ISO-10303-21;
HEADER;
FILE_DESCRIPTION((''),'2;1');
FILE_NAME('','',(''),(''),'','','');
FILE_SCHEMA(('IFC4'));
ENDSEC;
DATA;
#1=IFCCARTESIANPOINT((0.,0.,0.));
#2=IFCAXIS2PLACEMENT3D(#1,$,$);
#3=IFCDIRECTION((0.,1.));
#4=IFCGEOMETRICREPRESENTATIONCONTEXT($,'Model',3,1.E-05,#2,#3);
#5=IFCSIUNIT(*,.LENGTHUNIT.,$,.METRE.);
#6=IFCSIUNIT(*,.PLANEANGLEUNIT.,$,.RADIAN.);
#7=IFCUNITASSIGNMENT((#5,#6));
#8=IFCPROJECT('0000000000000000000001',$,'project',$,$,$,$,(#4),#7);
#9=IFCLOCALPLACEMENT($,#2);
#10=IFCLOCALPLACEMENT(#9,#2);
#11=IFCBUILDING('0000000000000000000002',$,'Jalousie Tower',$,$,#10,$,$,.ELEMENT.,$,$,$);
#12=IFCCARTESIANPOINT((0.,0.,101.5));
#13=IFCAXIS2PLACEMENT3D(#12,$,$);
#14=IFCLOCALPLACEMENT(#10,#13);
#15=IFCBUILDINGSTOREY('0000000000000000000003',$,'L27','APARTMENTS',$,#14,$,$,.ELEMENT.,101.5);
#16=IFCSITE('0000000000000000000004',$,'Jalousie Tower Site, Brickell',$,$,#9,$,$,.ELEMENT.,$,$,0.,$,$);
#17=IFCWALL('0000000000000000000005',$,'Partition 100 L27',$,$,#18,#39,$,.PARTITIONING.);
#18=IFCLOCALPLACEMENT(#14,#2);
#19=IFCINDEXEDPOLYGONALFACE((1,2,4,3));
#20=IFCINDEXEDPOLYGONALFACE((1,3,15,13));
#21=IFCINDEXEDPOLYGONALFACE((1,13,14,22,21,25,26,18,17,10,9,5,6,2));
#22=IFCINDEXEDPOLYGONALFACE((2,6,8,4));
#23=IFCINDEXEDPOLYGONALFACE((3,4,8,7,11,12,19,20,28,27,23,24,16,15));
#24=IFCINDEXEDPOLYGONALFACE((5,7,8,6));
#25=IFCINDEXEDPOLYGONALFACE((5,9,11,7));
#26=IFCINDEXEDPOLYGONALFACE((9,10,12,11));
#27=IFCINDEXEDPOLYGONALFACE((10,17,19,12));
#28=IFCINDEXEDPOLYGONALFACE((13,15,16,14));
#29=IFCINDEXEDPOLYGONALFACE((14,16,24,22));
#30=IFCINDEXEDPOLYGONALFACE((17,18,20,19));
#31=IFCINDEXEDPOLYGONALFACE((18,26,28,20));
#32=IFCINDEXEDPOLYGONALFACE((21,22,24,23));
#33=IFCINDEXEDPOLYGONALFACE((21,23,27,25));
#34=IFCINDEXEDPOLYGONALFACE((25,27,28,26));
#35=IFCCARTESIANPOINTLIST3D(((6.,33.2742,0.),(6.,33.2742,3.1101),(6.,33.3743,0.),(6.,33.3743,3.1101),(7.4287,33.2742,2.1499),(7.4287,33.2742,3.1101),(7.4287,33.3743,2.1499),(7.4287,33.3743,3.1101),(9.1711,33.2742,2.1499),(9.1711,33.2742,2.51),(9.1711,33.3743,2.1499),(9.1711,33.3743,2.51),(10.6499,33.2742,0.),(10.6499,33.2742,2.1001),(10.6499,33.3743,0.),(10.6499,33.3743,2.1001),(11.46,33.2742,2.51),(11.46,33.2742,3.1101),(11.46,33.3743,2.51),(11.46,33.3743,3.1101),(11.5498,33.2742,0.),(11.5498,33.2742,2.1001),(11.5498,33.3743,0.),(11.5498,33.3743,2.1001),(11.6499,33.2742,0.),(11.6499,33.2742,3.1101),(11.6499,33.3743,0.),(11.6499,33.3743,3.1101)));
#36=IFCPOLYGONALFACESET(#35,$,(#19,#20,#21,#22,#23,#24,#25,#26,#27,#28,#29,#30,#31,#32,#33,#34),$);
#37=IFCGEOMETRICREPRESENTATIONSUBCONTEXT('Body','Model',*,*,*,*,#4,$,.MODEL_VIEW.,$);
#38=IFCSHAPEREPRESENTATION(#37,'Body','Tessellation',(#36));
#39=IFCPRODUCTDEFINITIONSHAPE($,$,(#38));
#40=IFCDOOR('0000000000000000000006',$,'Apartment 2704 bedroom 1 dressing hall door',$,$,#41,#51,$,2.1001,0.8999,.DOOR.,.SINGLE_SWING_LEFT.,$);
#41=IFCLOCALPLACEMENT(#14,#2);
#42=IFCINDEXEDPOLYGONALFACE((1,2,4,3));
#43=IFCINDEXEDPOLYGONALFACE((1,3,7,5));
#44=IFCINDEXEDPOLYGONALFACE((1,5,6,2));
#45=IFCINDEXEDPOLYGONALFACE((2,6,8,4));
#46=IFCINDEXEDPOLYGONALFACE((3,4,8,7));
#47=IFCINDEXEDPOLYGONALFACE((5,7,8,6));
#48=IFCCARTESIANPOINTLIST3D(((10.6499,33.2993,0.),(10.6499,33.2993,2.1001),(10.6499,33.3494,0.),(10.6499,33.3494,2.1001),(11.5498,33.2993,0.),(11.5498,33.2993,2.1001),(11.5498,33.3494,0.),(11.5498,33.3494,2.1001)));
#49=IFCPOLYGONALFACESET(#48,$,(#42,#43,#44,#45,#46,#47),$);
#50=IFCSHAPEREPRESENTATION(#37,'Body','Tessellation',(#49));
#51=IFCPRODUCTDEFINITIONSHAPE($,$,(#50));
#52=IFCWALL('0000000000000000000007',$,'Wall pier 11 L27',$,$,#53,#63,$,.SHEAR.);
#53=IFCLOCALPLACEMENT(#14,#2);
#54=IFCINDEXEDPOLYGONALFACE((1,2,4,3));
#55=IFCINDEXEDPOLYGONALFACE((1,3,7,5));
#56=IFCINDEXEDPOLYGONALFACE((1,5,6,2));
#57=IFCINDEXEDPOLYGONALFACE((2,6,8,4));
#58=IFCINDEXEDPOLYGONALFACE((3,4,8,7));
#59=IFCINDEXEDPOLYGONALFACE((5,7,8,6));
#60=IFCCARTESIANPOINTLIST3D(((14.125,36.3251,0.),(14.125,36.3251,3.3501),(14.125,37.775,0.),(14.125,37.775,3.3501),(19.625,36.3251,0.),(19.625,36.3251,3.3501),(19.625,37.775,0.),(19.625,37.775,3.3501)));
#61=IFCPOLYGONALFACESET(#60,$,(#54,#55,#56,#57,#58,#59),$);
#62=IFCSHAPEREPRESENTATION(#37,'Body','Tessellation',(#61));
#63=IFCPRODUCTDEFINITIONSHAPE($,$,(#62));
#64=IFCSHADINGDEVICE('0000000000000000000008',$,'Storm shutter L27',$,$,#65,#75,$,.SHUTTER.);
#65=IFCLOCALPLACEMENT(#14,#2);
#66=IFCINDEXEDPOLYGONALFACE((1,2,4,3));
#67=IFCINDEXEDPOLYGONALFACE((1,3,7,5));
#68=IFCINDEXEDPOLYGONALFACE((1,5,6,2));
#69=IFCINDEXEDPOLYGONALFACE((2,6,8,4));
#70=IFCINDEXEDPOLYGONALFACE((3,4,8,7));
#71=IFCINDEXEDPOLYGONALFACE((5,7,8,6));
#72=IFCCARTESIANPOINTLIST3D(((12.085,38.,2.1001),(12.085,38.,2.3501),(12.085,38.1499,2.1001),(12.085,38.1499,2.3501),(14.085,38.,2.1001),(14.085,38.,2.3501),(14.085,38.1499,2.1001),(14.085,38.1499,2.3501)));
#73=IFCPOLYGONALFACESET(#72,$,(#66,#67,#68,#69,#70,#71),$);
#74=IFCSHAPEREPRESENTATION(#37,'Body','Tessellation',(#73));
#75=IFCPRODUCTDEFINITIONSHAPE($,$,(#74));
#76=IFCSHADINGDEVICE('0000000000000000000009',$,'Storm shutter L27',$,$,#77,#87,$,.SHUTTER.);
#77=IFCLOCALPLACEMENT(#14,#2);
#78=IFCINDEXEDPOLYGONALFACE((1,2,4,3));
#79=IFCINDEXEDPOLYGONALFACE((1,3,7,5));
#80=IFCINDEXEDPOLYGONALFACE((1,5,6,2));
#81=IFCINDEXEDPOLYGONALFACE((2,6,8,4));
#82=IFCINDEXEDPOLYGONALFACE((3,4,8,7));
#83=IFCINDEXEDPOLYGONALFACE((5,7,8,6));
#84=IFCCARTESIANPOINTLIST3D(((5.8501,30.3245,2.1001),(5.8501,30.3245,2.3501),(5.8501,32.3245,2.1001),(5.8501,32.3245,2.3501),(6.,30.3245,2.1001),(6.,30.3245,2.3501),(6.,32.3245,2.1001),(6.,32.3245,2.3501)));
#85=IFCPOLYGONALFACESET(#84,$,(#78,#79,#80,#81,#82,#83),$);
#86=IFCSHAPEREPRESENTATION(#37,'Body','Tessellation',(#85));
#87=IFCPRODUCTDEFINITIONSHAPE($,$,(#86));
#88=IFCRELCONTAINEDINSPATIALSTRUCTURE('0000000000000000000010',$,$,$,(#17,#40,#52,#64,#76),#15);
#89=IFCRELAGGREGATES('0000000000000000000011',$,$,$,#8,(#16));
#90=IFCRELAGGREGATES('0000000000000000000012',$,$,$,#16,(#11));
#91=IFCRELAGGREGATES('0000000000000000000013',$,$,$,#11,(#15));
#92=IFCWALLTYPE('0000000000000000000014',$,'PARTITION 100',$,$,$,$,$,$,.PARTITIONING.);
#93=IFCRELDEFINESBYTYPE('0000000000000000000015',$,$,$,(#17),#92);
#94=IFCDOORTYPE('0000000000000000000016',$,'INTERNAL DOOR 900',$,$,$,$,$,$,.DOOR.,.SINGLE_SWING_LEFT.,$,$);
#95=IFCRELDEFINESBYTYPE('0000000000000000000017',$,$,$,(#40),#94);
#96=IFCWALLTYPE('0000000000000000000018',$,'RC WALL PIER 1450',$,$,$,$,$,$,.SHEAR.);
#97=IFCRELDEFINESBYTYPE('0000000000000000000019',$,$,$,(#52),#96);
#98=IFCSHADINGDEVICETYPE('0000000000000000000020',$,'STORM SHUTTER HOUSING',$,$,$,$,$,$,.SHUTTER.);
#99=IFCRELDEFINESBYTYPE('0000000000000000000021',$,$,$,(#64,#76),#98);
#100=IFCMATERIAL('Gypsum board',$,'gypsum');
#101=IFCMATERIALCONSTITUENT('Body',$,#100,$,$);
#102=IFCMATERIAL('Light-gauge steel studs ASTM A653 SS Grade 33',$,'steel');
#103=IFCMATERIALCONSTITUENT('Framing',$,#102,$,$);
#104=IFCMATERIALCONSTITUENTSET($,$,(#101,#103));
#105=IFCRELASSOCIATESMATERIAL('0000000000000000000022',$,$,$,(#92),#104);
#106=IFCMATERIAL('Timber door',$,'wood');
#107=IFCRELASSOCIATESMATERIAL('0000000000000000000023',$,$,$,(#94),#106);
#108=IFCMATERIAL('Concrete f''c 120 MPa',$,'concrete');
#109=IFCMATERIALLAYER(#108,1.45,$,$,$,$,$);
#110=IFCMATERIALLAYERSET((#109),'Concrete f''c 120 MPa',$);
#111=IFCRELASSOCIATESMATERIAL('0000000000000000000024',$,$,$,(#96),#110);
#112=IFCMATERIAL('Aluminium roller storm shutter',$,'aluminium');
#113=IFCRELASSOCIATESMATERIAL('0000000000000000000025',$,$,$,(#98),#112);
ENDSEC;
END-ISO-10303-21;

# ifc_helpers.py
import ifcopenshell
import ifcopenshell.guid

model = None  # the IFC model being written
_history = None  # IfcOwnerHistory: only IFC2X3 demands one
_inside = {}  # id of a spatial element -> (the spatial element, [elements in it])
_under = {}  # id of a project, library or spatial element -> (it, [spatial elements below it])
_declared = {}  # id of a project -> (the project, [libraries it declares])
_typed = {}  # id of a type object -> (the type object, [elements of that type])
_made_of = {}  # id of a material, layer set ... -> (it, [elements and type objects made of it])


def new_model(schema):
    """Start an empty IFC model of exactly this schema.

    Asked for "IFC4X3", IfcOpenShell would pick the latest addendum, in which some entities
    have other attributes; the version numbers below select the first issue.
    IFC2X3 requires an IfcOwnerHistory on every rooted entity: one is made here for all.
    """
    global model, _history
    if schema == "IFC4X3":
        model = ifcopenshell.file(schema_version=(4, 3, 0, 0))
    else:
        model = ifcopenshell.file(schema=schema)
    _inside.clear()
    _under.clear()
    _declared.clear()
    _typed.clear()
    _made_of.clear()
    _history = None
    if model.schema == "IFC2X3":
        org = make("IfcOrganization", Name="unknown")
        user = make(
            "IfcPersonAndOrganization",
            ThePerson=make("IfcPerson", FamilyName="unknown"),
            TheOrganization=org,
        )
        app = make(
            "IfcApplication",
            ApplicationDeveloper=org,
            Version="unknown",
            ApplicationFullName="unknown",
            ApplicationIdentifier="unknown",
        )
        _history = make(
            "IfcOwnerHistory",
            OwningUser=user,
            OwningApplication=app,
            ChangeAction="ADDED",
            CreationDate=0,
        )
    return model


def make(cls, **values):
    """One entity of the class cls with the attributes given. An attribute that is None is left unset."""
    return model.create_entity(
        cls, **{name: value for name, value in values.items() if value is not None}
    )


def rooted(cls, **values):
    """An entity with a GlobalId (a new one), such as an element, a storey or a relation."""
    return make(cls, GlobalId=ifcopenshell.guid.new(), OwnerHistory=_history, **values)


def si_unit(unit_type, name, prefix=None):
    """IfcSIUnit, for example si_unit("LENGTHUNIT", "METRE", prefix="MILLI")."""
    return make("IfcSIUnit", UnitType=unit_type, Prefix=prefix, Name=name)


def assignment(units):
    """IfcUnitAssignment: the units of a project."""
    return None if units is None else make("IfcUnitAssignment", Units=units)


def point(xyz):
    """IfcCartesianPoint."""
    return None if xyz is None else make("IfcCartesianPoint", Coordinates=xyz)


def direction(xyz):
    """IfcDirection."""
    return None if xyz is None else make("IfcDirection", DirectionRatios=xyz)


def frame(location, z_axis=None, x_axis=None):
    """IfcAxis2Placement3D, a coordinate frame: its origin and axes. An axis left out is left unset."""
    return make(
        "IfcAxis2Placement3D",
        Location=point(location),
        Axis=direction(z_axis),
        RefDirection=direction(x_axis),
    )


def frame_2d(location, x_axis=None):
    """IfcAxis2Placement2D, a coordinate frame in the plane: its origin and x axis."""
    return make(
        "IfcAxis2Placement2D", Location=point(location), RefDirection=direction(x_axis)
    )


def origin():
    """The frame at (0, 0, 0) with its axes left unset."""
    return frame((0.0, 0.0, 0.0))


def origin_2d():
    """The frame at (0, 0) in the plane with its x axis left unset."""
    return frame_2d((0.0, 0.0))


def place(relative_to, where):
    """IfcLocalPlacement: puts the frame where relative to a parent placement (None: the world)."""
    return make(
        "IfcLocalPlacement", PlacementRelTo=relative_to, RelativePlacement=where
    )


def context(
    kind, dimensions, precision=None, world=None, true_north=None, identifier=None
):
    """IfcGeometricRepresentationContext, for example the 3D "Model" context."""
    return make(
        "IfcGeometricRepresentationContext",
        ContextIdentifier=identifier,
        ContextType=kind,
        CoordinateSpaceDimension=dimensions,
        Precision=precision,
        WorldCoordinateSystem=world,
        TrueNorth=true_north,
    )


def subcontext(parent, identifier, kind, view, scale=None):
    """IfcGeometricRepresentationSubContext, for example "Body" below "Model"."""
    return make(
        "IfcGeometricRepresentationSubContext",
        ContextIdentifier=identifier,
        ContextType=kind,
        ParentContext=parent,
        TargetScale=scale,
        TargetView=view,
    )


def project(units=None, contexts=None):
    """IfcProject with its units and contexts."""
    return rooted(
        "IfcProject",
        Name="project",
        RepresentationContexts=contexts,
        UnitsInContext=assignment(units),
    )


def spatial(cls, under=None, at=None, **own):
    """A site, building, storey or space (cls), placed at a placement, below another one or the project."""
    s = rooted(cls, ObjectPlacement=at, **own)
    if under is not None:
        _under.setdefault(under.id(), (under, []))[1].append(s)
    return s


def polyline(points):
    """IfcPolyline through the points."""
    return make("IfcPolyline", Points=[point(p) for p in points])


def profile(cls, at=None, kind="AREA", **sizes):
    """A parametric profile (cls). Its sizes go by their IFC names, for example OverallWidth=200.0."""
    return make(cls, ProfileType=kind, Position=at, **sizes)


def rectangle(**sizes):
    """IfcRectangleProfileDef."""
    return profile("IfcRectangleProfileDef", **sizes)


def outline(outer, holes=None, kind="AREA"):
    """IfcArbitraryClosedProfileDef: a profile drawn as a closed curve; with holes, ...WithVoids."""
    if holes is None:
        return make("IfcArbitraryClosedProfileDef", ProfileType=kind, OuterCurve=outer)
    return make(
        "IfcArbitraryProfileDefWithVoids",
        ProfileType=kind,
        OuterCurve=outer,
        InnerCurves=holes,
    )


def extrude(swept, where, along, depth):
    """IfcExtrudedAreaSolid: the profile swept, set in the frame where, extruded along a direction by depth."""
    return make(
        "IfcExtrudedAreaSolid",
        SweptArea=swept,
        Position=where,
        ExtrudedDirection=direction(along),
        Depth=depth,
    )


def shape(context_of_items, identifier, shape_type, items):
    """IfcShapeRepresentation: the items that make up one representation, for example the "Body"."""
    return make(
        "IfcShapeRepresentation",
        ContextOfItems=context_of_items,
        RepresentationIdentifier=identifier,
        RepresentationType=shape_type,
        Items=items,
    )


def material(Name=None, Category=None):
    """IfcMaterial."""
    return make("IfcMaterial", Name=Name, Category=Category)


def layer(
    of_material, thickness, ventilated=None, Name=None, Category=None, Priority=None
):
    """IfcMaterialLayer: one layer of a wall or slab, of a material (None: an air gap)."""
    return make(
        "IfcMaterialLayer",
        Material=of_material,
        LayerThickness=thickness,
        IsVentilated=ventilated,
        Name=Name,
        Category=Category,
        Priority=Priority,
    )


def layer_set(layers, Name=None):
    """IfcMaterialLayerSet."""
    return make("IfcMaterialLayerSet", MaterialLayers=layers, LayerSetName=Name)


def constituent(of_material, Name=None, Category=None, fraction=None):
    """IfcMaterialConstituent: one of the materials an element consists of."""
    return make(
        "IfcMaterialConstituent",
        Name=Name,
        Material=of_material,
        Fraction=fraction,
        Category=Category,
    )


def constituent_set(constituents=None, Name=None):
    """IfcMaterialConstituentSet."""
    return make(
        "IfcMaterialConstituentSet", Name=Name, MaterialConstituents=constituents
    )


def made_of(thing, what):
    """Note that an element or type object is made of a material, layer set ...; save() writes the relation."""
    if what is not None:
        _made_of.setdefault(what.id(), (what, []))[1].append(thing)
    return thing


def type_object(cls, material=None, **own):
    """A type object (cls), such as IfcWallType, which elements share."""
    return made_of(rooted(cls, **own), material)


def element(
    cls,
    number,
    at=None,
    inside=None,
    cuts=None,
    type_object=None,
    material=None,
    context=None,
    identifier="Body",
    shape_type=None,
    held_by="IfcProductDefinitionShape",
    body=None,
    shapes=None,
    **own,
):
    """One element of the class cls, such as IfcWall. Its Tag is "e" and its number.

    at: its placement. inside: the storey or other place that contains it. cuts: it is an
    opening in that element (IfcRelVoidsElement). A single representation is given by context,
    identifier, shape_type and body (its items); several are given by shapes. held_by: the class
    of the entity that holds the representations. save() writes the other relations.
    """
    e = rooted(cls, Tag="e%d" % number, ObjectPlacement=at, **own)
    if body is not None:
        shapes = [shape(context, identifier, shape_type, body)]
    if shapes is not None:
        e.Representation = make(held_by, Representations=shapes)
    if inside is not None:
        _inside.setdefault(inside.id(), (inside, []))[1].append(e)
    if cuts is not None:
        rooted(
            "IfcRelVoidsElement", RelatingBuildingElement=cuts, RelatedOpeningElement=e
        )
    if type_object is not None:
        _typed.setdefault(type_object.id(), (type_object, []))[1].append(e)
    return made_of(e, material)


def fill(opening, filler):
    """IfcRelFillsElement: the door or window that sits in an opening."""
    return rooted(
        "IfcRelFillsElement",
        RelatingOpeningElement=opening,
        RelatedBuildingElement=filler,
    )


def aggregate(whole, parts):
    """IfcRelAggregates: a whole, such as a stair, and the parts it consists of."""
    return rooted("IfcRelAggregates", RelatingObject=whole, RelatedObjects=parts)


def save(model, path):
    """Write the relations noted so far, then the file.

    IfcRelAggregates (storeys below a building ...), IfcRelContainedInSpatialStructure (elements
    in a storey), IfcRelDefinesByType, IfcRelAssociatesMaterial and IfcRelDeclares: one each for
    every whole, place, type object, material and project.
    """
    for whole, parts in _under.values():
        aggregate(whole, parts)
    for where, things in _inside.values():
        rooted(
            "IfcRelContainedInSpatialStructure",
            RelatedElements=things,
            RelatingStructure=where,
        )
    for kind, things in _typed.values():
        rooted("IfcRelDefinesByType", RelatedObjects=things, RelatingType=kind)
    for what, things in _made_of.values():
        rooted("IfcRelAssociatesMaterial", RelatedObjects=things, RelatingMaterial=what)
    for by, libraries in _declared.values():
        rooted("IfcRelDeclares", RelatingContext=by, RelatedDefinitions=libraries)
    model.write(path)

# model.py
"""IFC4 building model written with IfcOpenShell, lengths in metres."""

from ifc_helpers import new_model, si_unit, direction, frame, frame_2d, origin, origin_2d, place, context, subcontext, project, spatial, polyline, rectangle, outline, extrude, material, layer, layer_set, constituent, constituent_set, type_object, element, fill, save


model = new_model("IFC4")

# Units and contexts
model_context = context("Model", 3, precision=1e-05, world=origin(), true_north=direction((0.0, 1.0)))
body_context = subcontext(model_context, "Body", "Model", "MODEL_VIEW")
ifc_project = project(units=[si_unit("LENGTHUNIT", "METRE"), si_unit("PLANEANGLEUNIT", "RADIAN")], contexts=[model_context])

# Site, building, storey
site_placement = place(None, origin())
site = spatial("IfcSite", under=ifc_project, at=site_placement, Name="Jalousie Tower Site, Brickell", CompositionType="ELEMENT", RefElevation=0.0)
building_placement = place(site_placement, origin())
building = spatial("IfcBuilding", under=site, at=building_placement, Name="Jalousie Tower", CompositionType="ELEMENT")
storey_placement = place(building_placement, frame((0.0, 0.0, 101.5)))
storey = spatial("IfcBuildingStorey", under=building, at=storey_placement, Name="L27", Description="APARTMENTS", CompositionType="ELEMENT", Elevation=101.5)

# Shared definitions
ifc_material_1 = material(Name="Gypsum board", Category="gypsum")
ifc_constituent_1 = constituent(ifc_material_1, Name="Body")
ifc_material_2 = material(Name="Light-gauge steel studs ASTM A653 SS Grade 33", Category="steel")
ifc_constituent_2 = constituent(ifc_material_2, Name="Framing")
ifc_constituent_set_1 = constituent_set(constituents=[ifc_constituent_1, ifc_constituent_2])
wall_type_1 = type_object("IfcWallType", Name="PARTITION 100", PredefinedType="PARTITIONING", material=ifc_constituent_set_1)

# Wall, opening, door
wall_1_placement = place(storey_placement, frame((6.0, 33.3242, 0.0), z_axis=(0.0, 0.0, 1.0), x_axis=(1.0, 0.0, 0.0)))
wall_1 = element("IfcWall", 1, at=wall_1_placement, inside=storey, type_object=wall_type_1, Name="Partition 100 L27", PredefinedType="PARTITIONING", context=body_context, shape_type="SweptSolid", body=[
    extrude(outline(polyline([(0.0, 0.0), (5.6499, 0.0), (5.6499, 3.1101), (5.46, 3.1101), (5.46, 2.51), (3.1711, 2.51), (3.1711, 2.1499), (1.4287, 2.1499), (1.4287, 3.1101), (0.0, 3.1101), (0.0, 0.0)])), frame((0.0, 0.05, 0.0), z_axis=(0.0, -1.0, 0.0), x_axis=(1.0, 0.0, 0.0)), (0.0, 0.0, 1.0), 0.1001),
])
opening_1_placement = place(wall_1_placement, frame((4.6499, 0.0, 0.0)))
opening_1 = element("IfcOpeningElement", 2, at=opening_1_placement, cuts=wall_1, PredefinedType="OPENING", context=body_context, shape_type="SweptSolid", body=[
    extrude(rectangle(XDim=0.8999, YDim=2.1001, at=frame_2d((0.45, 1.05))), frame((0.0, 0.0601, 0.0), z_axis=(0.0, -1.0, 0.0), x_axis=(1.0, 0.0, 0.0)), (0.0, 0.0, 1.0), 0.1201),
])
ifc_material_3 = material(Name="Timber door", Category="wood")
door_type_1 = type_object("IfcDoorType", Name="INTERNAL DOOR 900", OperationType="SINGLE_SWING_LEFT", PredefinedType="DOOR", material=ifc_material_3)
door_1_placement = place(opening_1_placement, frame((0.8999, 0.0, 0.0), z_axis=(0.0, 0.0, 1.0), x_axis=(-1.0, 0.0, 0.0)))
door_1 = element("IfcDoor", 3, at=door_1_placement, inside=storey, type_object=door_type_1, Name="Apartment 2704 bedroom 1 dressing hall door", OperationType="SINGLE_SWING_LEFT", OverallHeight=2.1001, OverallWidth=0.8999, PredefinedType="DOOR", context=body_context, shape_type="SweptSolid", body=[
    extrude(rectangle(XDim=0.8999, YDim=2.1001, at=frame_2d((0.45, 1.05))), frame((0.0, 0.0249, 0.0), z_axis=(0.0, -1.0, 0.0), x_axis=(1.0, 0.0, 0.0)), (0.0, 0.0, 1.0), 0.05),
])
fill(opening_1, door_1)

# Wall
ifc_material_4 = material(Name="Concrete f'c 120 MPa", Category="concrete")
ifc_layer_1 = layer(ifc_material_4, 1.45)
ifc_layer_set_1 = layer_set([ifc_layer_1], Name="Concrete f'c 120 MPa")
wall_type_2 = type_object("IfcWallType", Name="RC WALL PIER 1450", PredefinedType="SHEAR", material=ifc_layer_set_1)
wall_2_placement = place(storey_placement, frame((14.125, 37.05, 0.0), z_axis=(0.0, 0.0, 1.0), x_axis=(1.0, 0.0, 0.0)))
element("IfcWall", 4, at=wall_2_placement, inside=storey, type_object=wall_type_2, Name="Wall pier 11 L27", PredefinedType="SHEAR", context=body_context, shape_type="SweptSolid", body=[
    extrude(rectangle(XDim=5.5, YDim=1.45, at=frame_2d((2.75, 0.0))), origin(), (0.0, 0.0, 1.0), 3.3501),
])

# Shading devices
ifc_material_5 = material(Name="Aluminium roller storm shutter", Category="aluminium")
shading_device_type = type_object("IfcShadingDeviceType", Name="STORM SHUTTER HOUSING", PredefinedType="SHUTTER", material=ifc_material_5)
for number, where, z_axis, x_axis, name in (
    (5, (13.085, 38.075, 2.1001), (0.0, 0.0, 1.0), (-1.0, 0.0, 0.0), "Storm shutter L27"),
    (6, (5.925, 31.3245, 2.1001), (0.0, 0.0, 1.0), (0.0, -1.0, 0.0), "Storm shutter L27"),
):
    element("IfcShadingDevice", number, at=place(storey_placement, frame(where, z_axis=z_axis, x_axis=x_axis)), inside=storey, type_object=shading_device_type, Name=name, PredefinedType="SHUTTER", context=body_context, shape_type="SweptSolid", body=[
        extrude(rectangle(XDim=2.0, YDim=0.1499, at=origin_2d()), origin(), (0.0, 0.0, 1.0), 0.25),
    ])

save(model, "model.ifc")
